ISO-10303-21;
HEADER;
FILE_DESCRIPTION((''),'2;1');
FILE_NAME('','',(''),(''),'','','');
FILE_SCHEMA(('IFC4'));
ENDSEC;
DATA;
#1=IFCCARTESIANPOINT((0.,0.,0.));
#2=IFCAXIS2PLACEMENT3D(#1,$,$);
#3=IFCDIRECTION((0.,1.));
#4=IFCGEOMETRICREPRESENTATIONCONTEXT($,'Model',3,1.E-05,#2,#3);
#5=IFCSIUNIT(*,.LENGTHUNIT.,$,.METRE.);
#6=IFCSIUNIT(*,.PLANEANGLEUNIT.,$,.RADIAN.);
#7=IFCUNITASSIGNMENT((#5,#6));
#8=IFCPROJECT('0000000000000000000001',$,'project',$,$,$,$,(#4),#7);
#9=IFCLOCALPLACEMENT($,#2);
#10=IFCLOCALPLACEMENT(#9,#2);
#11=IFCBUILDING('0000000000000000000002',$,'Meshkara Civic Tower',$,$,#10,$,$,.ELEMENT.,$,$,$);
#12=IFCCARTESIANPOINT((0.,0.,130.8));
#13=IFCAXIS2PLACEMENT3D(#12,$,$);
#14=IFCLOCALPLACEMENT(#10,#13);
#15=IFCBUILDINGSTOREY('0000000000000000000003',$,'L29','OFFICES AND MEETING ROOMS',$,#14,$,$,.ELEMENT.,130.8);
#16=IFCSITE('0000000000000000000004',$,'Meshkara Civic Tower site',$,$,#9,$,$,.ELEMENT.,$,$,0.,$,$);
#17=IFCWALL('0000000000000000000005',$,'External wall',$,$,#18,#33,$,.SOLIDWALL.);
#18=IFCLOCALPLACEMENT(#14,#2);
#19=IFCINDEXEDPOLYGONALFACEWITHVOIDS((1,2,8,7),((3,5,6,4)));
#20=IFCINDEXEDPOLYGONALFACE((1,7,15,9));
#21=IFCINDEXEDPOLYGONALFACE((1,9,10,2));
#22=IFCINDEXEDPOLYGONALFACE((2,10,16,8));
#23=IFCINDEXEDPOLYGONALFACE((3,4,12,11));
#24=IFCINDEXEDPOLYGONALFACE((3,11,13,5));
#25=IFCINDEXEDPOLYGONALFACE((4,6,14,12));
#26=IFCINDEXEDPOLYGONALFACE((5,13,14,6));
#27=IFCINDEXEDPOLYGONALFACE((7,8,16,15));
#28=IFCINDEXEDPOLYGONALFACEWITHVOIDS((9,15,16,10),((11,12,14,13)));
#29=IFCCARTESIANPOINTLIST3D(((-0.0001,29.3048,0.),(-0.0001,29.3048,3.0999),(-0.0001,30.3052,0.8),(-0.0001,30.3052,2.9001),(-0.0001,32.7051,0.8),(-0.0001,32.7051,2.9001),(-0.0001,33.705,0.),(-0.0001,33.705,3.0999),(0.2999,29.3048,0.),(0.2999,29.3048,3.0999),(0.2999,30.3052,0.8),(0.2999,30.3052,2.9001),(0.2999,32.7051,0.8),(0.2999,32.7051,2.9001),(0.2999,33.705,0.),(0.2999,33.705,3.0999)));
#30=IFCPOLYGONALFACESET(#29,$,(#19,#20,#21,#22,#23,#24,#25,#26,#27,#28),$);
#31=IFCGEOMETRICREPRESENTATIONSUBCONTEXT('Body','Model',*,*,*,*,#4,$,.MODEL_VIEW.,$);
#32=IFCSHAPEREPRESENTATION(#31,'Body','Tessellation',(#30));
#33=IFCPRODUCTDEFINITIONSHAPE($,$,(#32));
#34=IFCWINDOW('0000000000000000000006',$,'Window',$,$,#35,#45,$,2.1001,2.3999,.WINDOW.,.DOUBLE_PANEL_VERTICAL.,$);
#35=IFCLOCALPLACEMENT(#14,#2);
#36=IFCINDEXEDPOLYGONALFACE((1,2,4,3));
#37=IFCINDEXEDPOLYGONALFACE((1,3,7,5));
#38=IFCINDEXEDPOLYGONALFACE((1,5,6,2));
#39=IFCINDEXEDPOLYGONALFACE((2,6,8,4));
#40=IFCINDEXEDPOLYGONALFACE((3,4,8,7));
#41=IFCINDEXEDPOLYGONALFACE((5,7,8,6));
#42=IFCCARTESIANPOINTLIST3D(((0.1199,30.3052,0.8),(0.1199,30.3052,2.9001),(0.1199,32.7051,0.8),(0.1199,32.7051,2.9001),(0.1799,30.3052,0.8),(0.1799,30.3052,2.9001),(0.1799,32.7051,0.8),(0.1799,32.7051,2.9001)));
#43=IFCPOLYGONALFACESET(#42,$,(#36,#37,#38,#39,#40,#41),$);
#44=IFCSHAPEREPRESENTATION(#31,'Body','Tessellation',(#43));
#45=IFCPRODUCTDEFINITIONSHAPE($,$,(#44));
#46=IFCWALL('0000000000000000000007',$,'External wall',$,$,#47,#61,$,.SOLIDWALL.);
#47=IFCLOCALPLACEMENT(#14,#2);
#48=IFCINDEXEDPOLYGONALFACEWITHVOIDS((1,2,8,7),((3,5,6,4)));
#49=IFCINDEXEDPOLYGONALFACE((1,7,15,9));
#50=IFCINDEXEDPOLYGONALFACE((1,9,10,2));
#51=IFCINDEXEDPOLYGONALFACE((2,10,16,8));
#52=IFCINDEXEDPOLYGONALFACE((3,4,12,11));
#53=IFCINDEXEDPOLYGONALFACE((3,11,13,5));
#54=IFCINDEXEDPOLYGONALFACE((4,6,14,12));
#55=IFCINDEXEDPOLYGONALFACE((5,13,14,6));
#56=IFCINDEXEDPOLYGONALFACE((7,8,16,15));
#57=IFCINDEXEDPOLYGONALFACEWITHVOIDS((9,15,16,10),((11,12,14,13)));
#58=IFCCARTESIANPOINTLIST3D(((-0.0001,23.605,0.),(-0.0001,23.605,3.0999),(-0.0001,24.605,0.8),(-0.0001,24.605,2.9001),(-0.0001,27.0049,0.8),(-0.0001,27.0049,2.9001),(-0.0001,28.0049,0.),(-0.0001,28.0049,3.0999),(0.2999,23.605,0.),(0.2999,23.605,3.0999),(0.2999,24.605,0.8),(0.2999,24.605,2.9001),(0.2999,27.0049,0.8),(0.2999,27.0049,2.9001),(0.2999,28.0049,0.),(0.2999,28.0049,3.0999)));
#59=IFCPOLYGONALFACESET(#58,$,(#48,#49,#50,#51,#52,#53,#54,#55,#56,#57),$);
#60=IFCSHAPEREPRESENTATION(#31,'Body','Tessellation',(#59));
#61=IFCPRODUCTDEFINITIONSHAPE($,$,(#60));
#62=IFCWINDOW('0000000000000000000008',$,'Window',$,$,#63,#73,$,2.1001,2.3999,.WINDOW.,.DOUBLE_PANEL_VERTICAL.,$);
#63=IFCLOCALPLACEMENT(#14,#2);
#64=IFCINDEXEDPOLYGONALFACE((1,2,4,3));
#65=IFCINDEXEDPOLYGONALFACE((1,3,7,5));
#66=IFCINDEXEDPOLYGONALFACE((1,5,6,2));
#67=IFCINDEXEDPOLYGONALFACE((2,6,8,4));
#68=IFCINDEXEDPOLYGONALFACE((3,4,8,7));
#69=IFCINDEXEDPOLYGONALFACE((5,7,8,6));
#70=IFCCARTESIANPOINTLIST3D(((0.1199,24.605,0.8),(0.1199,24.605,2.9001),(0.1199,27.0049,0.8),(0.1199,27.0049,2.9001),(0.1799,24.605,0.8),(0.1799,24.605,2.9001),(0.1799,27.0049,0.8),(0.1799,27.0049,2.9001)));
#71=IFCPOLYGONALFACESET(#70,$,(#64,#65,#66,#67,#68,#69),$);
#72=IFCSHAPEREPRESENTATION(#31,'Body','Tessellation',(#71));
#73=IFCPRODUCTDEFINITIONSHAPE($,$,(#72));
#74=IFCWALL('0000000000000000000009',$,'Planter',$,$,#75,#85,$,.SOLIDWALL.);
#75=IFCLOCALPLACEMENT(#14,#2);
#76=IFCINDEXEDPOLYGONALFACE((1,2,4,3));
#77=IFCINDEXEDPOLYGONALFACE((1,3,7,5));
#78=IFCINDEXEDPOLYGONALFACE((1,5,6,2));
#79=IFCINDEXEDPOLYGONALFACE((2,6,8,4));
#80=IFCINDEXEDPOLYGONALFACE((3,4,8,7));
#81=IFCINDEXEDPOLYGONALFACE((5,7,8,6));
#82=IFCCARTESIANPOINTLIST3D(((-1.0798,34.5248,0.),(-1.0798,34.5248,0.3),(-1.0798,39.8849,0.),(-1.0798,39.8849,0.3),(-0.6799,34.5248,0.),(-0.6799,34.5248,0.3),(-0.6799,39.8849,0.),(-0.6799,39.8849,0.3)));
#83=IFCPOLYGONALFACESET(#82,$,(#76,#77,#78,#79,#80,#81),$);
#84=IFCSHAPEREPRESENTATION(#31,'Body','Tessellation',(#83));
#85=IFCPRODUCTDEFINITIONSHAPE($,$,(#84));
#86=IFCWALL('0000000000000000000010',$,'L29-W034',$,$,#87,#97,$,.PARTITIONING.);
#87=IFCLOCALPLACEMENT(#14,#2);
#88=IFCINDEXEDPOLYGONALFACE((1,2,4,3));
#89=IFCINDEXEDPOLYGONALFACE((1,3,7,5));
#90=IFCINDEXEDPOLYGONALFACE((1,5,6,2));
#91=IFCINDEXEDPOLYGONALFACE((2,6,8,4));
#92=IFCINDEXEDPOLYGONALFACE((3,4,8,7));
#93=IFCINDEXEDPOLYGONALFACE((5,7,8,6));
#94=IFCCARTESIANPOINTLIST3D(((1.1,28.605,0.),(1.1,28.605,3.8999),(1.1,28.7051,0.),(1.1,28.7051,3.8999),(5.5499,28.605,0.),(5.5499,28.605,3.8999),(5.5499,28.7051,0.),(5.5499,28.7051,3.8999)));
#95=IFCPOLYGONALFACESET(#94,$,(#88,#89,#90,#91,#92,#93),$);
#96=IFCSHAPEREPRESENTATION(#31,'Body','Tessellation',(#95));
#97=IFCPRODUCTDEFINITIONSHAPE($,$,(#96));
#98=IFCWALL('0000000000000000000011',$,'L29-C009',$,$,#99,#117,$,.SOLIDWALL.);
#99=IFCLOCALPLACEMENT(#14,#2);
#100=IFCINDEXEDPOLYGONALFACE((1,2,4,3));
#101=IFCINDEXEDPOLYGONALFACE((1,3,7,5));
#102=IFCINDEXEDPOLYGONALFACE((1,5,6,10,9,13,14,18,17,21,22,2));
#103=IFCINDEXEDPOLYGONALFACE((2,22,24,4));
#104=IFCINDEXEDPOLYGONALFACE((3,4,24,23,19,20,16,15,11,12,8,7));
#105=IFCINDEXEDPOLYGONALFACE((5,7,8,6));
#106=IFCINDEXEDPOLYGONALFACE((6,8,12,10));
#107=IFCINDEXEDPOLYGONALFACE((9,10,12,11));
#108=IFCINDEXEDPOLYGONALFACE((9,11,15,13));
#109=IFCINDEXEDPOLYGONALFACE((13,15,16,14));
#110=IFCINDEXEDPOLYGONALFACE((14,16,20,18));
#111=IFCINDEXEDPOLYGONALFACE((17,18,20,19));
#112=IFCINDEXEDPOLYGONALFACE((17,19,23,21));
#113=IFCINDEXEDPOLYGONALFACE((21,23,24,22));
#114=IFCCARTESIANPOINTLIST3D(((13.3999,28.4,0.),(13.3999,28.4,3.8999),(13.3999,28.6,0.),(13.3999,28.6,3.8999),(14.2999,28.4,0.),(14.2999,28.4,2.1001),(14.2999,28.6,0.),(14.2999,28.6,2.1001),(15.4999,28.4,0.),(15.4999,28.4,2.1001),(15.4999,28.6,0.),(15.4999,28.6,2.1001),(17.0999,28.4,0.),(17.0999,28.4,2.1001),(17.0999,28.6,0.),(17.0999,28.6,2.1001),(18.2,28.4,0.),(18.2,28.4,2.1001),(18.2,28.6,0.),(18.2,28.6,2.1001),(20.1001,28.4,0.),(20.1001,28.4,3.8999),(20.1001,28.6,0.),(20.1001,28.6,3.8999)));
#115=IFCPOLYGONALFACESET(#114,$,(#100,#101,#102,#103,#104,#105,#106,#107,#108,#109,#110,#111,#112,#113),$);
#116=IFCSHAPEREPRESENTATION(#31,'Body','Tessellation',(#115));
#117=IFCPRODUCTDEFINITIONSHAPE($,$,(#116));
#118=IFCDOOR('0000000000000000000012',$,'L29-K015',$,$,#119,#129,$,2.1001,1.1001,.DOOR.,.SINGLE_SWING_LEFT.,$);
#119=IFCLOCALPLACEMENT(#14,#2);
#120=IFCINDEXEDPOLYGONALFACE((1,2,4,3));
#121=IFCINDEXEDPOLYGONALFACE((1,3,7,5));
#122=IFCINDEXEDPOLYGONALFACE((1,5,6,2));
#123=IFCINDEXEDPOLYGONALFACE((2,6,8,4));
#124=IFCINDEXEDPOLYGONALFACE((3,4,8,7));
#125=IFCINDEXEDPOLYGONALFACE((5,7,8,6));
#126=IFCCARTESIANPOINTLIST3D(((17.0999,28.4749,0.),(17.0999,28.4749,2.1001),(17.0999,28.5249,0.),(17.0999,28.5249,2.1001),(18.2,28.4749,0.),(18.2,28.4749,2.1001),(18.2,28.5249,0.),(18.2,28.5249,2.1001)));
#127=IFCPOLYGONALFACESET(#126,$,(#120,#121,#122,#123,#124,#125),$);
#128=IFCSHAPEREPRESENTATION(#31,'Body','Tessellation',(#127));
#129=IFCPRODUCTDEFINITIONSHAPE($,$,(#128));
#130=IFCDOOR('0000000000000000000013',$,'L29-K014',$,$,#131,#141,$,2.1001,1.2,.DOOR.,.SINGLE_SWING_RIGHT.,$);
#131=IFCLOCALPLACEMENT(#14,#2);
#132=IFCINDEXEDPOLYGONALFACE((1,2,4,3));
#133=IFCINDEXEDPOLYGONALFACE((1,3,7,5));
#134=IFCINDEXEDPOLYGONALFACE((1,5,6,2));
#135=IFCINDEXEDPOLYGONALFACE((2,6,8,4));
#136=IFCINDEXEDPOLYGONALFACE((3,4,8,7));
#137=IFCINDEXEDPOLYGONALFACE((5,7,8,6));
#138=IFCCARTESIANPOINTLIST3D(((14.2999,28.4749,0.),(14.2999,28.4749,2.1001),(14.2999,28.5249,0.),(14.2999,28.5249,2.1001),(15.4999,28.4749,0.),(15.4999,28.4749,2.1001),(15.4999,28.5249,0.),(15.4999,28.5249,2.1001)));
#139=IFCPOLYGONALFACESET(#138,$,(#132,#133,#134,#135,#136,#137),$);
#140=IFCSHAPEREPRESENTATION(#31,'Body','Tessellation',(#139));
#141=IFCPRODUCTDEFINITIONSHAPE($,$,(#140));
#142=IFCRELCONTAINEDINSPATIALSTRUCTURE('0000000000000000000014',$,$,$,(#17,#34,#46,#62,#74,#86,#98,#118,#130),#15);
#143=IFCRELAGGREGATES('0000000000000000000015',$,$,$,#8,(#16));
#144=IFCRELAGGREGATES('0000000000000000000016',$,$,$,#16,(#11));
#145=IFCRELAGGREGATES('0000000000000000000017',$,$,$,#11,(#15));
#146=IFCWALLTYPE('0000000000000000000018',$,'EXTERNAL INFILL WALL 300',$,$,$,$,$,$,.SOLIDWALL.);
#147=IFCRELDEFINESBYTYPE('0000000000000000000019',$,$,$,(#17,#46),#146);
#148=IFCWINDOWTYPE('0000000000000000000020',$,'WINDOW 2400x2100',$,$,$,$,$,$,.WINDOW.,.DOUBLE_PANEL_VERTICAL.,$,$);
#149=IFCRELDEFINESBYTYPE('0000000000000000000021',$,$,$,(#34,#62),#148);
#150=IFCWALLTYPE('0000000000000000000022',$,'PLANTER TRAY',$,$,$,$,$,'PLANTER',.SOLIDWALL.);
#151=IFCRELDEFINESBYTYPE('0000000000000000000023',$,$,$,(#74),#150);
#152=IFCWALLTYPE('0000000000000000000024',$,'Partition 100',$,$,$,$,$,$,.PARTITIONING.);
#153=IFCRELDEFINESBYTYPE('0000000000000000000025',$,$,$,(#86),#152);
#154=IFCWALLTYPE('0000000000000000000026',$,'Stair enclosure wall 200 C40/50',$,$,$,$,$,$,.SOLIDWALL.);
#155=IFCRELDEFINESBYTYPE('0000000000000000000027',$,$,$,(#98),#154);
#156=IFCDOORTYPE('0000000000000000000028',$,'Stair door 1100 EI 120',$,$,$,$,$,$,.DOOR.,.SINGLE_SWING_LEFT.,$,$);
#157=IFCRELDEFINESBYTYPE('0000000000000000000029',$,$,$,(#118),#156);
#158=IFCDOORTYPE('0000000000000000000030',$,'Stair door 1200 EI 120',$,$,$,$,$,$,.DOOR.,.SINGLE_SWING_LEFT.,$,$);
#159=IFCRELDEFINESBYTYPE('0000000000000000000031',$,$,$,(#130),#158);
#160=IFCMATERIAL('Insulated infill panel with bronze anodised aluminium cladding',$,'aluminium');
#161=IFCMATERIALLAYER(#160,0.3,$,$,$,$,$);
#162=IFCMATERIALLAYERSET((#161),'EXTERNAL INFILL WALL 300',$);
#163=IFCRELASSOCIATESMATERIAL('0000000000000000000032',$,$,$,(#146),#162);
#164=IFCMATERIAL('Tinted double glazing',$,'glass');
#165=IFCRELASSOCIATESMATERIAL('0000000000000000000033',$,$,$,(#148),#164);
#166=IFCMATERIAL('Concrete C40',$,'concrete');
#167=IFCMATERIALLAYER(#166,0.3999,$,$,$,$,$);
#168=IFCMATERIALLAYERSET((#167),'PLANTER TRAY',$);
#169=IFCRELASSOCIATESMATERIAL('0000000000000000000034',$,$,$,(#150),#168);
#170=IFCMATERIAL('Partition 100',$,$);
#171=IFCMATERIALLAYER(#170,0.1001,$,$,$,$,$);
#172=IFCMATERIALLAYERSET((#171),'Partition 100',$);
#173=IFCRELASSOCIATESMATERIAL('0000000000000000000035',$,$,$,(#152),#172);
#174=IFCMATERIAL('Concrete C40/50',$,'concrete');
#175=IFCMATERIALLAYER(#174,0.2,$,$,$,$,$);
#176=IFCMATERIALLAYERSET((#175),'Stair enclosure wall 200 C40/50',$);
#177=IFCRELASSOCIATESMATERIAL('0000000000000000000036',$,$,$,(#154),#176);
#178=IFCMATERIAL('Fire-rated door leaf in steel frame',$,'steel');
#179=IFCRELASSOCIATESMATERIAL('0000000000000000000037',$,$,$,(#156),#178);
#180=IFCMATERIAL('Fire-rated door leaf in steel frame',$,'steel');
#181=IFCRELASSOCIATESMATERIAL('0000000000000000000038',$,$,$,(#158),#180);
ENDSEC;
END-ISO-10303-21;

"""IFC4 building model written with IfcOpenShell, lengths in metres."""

from ifc_helpers import new_model, si_unit, direction, frame, frame_2d, origin, place, context, subcontext, project, spatial, rectangle, extrude, material, layer, layer_set, type_object, element, fill, save


model = new_model("IFC4")

# Units and contexts
model_context = context("Model", 3, precision=1e-05, world=origin(), true_north=direction((0.0, 1.0)))
body_context = subcontext(model_context, "Body", "Model", "MODEL_VIEW")
ifc_project = project(units=[si_unit("LENGTHUNIT", "METRE"), si_unit("PLANEANGLEUNIT", "RADIAN")], contexts=[model_context])

# Site, building, storey
site_placement = place(None, origin())
site = spatial("IfcSite", under=ifc_project, at=site_placement, Name="Meshkara Civic Tower site", CompositionType="ELEMENT", RefElevation=0.0)
building_placement = place(site_placement, origin())
building = spatial("IfcBuilding", under=site, at=building_placement, Name="Meshkara Civic Tower", CompositionType="ELEMENT")
storey_placement = place(building_placement, frame((0.0, 0.0, 130.8)))
storey = spatial("IfcBuildingStorey", under=building, at=storey_placement, Name="L29", Description="OFFICES AND MEETING ROOMS", CompositionType="ELEMENT", Elevation=130.8)

# Walls, openings, windows
ifc_material_1 = material(Name="Insulated infill panel with bronze anodised aluminium cladding", Category="aluminium")
ifc_layer_1 = layer(ifc_material_1, 0.3)
ifc_layer_set_1 = layer_set([ifc_layer_1], Name="EXTERNAL INFILL WALL 300")
wall_type_1 = type_object("IfcWallType", Name="EXTERNAL INFILL WALL 300", PredefinedType="SOLIDWALL", material=ifc_layer_set_1)
wall_1_placement = place(storey_placement, frame((0.1499, 33.7051, 0.0), z_axis=(0.0, 0.0, 1.0), x_axis=(0.0, -1.0, 0.0)))
wall_1 = element("IfcWall", 1, at=wall_1_placement, inside=storey, type_object=wall_type_1, Name="External wall", PredefinedType="SOLIDWALL", context=body_context, shape_type="SweptSolid", body=[
    extrude(rectangle(XDim=4.4001, YDim=0.3, at=frame_2d((2.2002, 0.0))), origin(), (0.0, 0.0, 1.0), 3.0999),
])
opening_1_placement = place(wall_1_placement, frame((1.0, 0.0, 0.8)))
opening_1 = element("IfcOpeningElement", 2, at=opening_1_placement, cuts=wall_1, PredefinedType="OPENING", context=body_context, shape_type="SweptSolid", body=[
    extrude(rectangle(XDim=2.3999, YDim=2.1001, at=frame_2d((1.2, 1.05))), frame((0.0, 0.1599, 0.0), z_axis=(0.0, -1.0, 0.0), x_axis=(1.0, 0.0, 0.0)), (0.0, 0.0, 1.0), 0.3201),
])
ifc_material_2 = material(Name="Tinted double glazing", Category="glass")
window_type = type_object("IfcWindowType", Name="WINDOW 2400x2100", PartitioningType="DOUBLE_PANEL_VERTICAL", PredefinedType="WINDOW", material=ifc_material_2)
window_1_placement = place(opening_1_placement, origin())
window_1 = element("IfcWindow", 3, at=window_1_placement, inside=storey, type_object=window_type, Name="Window", OverallHeight=2.1001, OverallWidth=2.3999, PartitioningType="DOUBLE_PANEL_VERTICAL", PredefinedType="WINDOW", context=body_context, shape_type="SweptSolid", body=[
    extrude(rectangle(XDim=2.3999, YDim=2.1001, at=frame_2d((1.2, 1.05))), frame((0.0, 0.03, 0.0), z_axis=(0.0, -1.0, 0.0), x_axis=(1.0, 0.0, 0.0)), (0.0, 0.0, 1.0), 0.0601),
])
fill(opening_1, window_1)
wall_2_placement = place(storey_placement, frame((0.1499, 28.0049, 0.0), z_axis=(0.0, 0.0, 1.0), x_axis=(0.0, -1.0, 0.0)))
wall_2 = element("IfcWall", 4, at=wall_2_placement, inside=storey, type_object=wall_type_1, Name="External wall", PredefinedType="SOLIDWALL", context=body_context, shape_type="SweptSolid", body=[
    extrude(rectangle(XDim=4.3999, YDim=0.3, at=frame_2d((2.2, 0.0))), origin(), (0.0, 0.0, 1.0), 3.0999),
])
opening_2_placement = place(wall_2_placement, frame((1.0, 0.0, 0.8)))
opening_2 = element("IfcOpeningElement", 5, at=opening_2_placement, cuts=wall_2, PredefinedType="OPENING", context=body_context, shape_type="SweptSolid", body=[
    extrude(rectangle(XDim=2.3999, YDim=2.1001, at=frame_2d((1.2, 1.05))), frame((0.0, 0.1599, 0.0), z_axis=(0.0, -1.0, 0.0), x_axis=(1.0, 0.0, 0.0)), (0.0, 0.0, 1.0), 0.3201),
])
window_2_placement = place(opening_2_placement, origin())
window_2 = element("IfcWindow", 6, at=window_2_placement, inside=storey, type_object=window_type, Name="Window", OverallHeight=2.1001, OverallWidth=2.3999, PartitioningType="DOUBLE_PANEL_VERTICAL", PredefinedType="WINDOW", context=body_context, shape_type="SweptSolid", body=[
    extrude(rectangle(XDim=2.3999, YDim=2.1001, at=frame_2d((1.2, 1.05))), frame((0.0, 0.03, 0.0), z_axis=(0.0, -1.0, 0.0), x_axis=(1.0, 0.0, 0.0)), (0.0, 0.0, 1.0), 0.0601),
])
fill(opening_2, window_2)

# Walls
ifc_material_3 = material(Name="Concrete C40", Category="concrete")
ifc_layer_2 = layer(ifc_material_3, 0.3999)
ifc_layer_set_2 = layer_set([ifc_layer_2], Name="PLANTER TRAY")
wall_type_2 = type_object("IfcWallType", Name="PLANTER TRAY", ElementType="PLANTER", PredefinedType="SOLIDWALL", material=ifc_layer_set_2)
wall_3_placement = place(storey_placement, frame((-0.8799, 39.885, 0.0), z_axis=(0.0, 0.0, 1.0), x_axis=(0.0, -1.0, 0.0)))
element("IfcWall", 7, at=wall_3_placement, inside=storey, type_object=wall_type_2, Name="Planter", PredefinedType="SOLIDWALL", context=body_context, shape_type="SweptSolid", body=[
    extrude(rectangle(XDim=5.3601, YDim=0.3999, at=frame_2d((2.6802, 0.0))), origin(), (0.0, 0.0, 1.0), 0.3),
])
ifc_material_4 = material(Name="Partition 100")
ifc_layer_3 = layer(ifc_material_4, 0.1001)
ifc_layer_set_3 = layer_set([ifc_layer_3], Name="Partition 100")
wall_type_3 = type_object("IfcWallType", Name="Partition 100", PredefinedType="PARTITIONING", material=ifc_layer_set_3)
wall_4_placement = place(storey_placement, frame((5.55, 28.655, 0.0), z_axis=(0.0, 0.0, 1.0), x_axis=(-1.0, 0.0, 0.0)))
element("IfcWall", 8, at=wall_4_placement, inside=storey, type_object=wall_type_3, Name="L29-W034", PredefinedType="PARTITIONING", context=body_context, shape_type="SweptSolid", body=[
    extrude(rectangle(XDim=4.45, YDim=0.1001, at=frame_2d((2.2251, 0.0))), origin(), (0.0, 0.0, 1.0), 3.8999),
])

# Wall, openings, doors
ifc_material_5 = material(Name="Concrete C40/50", Category="concrete")
ifc_layer_4 = layer(ifc_material_5, 0.2)
ifc_layer_set_4 = layer_set([ifc_layer_4], Name="Stair enclosure wall 200 C40/50")
wall_type_4 = type_object("IfcWallType", Name="Stair enclosure wall 200 C40/50", PredefinedType="SOLIDWALL", material=ifc_layer_set_4)
wall_5_placement = place(storey_placement, frame((13.3999, 28.5, 0.0), z_axis=(0.0, 0.0, 1.0), x_axis=(1.0, 0.0, 0.0)))
wall_5 = element("IfcWall", 9, at=wall_5_placement, inside=storey, type_object=wall_type_4, Name="L29-C009", PredefinedType="SOLIDWALL", context=body_context, shape_type="SweptSolid", body=[
    extrude(rectangle(XDim=6.7002, YDim=0.2, at=frame_2d((3.3501, 0.0))), origin(), (0.0, 0.0, 1.0), 3.8999),
])
opening_3_placement = place(wall_5_placement, frame((0.8999, 0.0, 0.0)))
opening_3 = element("IfcOpeningElement", 10, at=opening_3_placement, cuts=wall_5, PredefinedType="OPENING", context=body_context, shape_type="SweptSolid", body=[
    extrude(rectangle(XDim=1.2, YDim=2.1001, at=frame_2d((0.6001, 1.05))), frame((0.0, 0.1099, 0.0), z_axis=(0.0, -1.0, 0.0), x_axis=(1.0, 0.0, 0.0)), (0.0, 0.0, 1.0), 0.22),
])
opening_4_placement = place(wall_5_placement, frame((3.7, 0.0, 0.0)))
opening_4 = element("IfcOpeningElement", 11, at=opening_4_placement, cuts=wall_5, PredefinedType="OPENING", context=body_context, shape_type="SweptSolid", body=[
    extrude(rectangle(XDim=1.1001, YDim=2.1001, at=frame_2d((0.55, 1.05))), frame((0.0, 0.1099, 0.0), z_axis=(0.0, -1.0, 0.0), x_axis=(1.0, 0.0, 0.0)), (0.0, 0.0, 1.0), 0.22),
])
ifc_material_6 = material(Name="Fire-rated door leaf in steel frame", Category="steel")
door_type_1 = type_object("IfcDoorType", Name="Stair door 1100 EI 120", OperationType="SINGLE_SWING_LEFT", PredefinedType="DOOR", material=ifc_material_6)
door_1_placement = place(opening_4_placement, origin())
door_1 = element("IfcDoor", 12, at=door_1_placement, inside=storey, type_object=door_type_1, Name="L29-K015", OperationType="SINGLE_SWING_LEFT", OverallHeight=2.1001, OverallWidth=1.1001, PredefinedType="DOOR", context=body_context, shape_type="SweptSolid", body=[
    extrude(rectangle(XDim=1.1001, YDim=2.1001, at=frame_2d((0.55, 1.05))), frame((0.0, 0.0249, 0.0), z_axis=(0.0, -1.0, 0.0), x_axis=(1.0, 0.0, 0.0)), (0.0, 0.0, 1.0), 0.05),
])
fill(opening_4, door_1)
ifc_material_7 = material(Name="Fire-rated door leaf in steel frame", Category="steel")
door_type_2 = type_object("IfcDoorType", Name="Stair door 1200 EI 120", OperationType="SINGLE_SWING_LEFT", PredefinedType="DOOR", material=ifc_material_7)
door_2_placement = place(opening_3_placement, origin())
door_2 = element("IfcDoor", 13, at=door_2_placement, inside=storey, type_object=door_type_2, Name="L29-K014", OperationType="SINGLE_SWING_RIGHT", OverallHeight=2.1001, OverallWidth=1.2, PredefinedType="DOOR", context=body_context, shape_type="SweptSolid", body=[
    extrude(rectangle(XDim=1.2, YDim=2.1001, at=frame_2d((0.6001, 1.05))), frame((0.0, 0.0249, 0.0), z_axis=(0.0, -1.0, 0.0), x_axis=(1.0, 0.0, 0.0)), (0.0, 0.0, 1.0), 0.05),
])
fill(opening_3, door_2)

save(model, "model.ifc")
